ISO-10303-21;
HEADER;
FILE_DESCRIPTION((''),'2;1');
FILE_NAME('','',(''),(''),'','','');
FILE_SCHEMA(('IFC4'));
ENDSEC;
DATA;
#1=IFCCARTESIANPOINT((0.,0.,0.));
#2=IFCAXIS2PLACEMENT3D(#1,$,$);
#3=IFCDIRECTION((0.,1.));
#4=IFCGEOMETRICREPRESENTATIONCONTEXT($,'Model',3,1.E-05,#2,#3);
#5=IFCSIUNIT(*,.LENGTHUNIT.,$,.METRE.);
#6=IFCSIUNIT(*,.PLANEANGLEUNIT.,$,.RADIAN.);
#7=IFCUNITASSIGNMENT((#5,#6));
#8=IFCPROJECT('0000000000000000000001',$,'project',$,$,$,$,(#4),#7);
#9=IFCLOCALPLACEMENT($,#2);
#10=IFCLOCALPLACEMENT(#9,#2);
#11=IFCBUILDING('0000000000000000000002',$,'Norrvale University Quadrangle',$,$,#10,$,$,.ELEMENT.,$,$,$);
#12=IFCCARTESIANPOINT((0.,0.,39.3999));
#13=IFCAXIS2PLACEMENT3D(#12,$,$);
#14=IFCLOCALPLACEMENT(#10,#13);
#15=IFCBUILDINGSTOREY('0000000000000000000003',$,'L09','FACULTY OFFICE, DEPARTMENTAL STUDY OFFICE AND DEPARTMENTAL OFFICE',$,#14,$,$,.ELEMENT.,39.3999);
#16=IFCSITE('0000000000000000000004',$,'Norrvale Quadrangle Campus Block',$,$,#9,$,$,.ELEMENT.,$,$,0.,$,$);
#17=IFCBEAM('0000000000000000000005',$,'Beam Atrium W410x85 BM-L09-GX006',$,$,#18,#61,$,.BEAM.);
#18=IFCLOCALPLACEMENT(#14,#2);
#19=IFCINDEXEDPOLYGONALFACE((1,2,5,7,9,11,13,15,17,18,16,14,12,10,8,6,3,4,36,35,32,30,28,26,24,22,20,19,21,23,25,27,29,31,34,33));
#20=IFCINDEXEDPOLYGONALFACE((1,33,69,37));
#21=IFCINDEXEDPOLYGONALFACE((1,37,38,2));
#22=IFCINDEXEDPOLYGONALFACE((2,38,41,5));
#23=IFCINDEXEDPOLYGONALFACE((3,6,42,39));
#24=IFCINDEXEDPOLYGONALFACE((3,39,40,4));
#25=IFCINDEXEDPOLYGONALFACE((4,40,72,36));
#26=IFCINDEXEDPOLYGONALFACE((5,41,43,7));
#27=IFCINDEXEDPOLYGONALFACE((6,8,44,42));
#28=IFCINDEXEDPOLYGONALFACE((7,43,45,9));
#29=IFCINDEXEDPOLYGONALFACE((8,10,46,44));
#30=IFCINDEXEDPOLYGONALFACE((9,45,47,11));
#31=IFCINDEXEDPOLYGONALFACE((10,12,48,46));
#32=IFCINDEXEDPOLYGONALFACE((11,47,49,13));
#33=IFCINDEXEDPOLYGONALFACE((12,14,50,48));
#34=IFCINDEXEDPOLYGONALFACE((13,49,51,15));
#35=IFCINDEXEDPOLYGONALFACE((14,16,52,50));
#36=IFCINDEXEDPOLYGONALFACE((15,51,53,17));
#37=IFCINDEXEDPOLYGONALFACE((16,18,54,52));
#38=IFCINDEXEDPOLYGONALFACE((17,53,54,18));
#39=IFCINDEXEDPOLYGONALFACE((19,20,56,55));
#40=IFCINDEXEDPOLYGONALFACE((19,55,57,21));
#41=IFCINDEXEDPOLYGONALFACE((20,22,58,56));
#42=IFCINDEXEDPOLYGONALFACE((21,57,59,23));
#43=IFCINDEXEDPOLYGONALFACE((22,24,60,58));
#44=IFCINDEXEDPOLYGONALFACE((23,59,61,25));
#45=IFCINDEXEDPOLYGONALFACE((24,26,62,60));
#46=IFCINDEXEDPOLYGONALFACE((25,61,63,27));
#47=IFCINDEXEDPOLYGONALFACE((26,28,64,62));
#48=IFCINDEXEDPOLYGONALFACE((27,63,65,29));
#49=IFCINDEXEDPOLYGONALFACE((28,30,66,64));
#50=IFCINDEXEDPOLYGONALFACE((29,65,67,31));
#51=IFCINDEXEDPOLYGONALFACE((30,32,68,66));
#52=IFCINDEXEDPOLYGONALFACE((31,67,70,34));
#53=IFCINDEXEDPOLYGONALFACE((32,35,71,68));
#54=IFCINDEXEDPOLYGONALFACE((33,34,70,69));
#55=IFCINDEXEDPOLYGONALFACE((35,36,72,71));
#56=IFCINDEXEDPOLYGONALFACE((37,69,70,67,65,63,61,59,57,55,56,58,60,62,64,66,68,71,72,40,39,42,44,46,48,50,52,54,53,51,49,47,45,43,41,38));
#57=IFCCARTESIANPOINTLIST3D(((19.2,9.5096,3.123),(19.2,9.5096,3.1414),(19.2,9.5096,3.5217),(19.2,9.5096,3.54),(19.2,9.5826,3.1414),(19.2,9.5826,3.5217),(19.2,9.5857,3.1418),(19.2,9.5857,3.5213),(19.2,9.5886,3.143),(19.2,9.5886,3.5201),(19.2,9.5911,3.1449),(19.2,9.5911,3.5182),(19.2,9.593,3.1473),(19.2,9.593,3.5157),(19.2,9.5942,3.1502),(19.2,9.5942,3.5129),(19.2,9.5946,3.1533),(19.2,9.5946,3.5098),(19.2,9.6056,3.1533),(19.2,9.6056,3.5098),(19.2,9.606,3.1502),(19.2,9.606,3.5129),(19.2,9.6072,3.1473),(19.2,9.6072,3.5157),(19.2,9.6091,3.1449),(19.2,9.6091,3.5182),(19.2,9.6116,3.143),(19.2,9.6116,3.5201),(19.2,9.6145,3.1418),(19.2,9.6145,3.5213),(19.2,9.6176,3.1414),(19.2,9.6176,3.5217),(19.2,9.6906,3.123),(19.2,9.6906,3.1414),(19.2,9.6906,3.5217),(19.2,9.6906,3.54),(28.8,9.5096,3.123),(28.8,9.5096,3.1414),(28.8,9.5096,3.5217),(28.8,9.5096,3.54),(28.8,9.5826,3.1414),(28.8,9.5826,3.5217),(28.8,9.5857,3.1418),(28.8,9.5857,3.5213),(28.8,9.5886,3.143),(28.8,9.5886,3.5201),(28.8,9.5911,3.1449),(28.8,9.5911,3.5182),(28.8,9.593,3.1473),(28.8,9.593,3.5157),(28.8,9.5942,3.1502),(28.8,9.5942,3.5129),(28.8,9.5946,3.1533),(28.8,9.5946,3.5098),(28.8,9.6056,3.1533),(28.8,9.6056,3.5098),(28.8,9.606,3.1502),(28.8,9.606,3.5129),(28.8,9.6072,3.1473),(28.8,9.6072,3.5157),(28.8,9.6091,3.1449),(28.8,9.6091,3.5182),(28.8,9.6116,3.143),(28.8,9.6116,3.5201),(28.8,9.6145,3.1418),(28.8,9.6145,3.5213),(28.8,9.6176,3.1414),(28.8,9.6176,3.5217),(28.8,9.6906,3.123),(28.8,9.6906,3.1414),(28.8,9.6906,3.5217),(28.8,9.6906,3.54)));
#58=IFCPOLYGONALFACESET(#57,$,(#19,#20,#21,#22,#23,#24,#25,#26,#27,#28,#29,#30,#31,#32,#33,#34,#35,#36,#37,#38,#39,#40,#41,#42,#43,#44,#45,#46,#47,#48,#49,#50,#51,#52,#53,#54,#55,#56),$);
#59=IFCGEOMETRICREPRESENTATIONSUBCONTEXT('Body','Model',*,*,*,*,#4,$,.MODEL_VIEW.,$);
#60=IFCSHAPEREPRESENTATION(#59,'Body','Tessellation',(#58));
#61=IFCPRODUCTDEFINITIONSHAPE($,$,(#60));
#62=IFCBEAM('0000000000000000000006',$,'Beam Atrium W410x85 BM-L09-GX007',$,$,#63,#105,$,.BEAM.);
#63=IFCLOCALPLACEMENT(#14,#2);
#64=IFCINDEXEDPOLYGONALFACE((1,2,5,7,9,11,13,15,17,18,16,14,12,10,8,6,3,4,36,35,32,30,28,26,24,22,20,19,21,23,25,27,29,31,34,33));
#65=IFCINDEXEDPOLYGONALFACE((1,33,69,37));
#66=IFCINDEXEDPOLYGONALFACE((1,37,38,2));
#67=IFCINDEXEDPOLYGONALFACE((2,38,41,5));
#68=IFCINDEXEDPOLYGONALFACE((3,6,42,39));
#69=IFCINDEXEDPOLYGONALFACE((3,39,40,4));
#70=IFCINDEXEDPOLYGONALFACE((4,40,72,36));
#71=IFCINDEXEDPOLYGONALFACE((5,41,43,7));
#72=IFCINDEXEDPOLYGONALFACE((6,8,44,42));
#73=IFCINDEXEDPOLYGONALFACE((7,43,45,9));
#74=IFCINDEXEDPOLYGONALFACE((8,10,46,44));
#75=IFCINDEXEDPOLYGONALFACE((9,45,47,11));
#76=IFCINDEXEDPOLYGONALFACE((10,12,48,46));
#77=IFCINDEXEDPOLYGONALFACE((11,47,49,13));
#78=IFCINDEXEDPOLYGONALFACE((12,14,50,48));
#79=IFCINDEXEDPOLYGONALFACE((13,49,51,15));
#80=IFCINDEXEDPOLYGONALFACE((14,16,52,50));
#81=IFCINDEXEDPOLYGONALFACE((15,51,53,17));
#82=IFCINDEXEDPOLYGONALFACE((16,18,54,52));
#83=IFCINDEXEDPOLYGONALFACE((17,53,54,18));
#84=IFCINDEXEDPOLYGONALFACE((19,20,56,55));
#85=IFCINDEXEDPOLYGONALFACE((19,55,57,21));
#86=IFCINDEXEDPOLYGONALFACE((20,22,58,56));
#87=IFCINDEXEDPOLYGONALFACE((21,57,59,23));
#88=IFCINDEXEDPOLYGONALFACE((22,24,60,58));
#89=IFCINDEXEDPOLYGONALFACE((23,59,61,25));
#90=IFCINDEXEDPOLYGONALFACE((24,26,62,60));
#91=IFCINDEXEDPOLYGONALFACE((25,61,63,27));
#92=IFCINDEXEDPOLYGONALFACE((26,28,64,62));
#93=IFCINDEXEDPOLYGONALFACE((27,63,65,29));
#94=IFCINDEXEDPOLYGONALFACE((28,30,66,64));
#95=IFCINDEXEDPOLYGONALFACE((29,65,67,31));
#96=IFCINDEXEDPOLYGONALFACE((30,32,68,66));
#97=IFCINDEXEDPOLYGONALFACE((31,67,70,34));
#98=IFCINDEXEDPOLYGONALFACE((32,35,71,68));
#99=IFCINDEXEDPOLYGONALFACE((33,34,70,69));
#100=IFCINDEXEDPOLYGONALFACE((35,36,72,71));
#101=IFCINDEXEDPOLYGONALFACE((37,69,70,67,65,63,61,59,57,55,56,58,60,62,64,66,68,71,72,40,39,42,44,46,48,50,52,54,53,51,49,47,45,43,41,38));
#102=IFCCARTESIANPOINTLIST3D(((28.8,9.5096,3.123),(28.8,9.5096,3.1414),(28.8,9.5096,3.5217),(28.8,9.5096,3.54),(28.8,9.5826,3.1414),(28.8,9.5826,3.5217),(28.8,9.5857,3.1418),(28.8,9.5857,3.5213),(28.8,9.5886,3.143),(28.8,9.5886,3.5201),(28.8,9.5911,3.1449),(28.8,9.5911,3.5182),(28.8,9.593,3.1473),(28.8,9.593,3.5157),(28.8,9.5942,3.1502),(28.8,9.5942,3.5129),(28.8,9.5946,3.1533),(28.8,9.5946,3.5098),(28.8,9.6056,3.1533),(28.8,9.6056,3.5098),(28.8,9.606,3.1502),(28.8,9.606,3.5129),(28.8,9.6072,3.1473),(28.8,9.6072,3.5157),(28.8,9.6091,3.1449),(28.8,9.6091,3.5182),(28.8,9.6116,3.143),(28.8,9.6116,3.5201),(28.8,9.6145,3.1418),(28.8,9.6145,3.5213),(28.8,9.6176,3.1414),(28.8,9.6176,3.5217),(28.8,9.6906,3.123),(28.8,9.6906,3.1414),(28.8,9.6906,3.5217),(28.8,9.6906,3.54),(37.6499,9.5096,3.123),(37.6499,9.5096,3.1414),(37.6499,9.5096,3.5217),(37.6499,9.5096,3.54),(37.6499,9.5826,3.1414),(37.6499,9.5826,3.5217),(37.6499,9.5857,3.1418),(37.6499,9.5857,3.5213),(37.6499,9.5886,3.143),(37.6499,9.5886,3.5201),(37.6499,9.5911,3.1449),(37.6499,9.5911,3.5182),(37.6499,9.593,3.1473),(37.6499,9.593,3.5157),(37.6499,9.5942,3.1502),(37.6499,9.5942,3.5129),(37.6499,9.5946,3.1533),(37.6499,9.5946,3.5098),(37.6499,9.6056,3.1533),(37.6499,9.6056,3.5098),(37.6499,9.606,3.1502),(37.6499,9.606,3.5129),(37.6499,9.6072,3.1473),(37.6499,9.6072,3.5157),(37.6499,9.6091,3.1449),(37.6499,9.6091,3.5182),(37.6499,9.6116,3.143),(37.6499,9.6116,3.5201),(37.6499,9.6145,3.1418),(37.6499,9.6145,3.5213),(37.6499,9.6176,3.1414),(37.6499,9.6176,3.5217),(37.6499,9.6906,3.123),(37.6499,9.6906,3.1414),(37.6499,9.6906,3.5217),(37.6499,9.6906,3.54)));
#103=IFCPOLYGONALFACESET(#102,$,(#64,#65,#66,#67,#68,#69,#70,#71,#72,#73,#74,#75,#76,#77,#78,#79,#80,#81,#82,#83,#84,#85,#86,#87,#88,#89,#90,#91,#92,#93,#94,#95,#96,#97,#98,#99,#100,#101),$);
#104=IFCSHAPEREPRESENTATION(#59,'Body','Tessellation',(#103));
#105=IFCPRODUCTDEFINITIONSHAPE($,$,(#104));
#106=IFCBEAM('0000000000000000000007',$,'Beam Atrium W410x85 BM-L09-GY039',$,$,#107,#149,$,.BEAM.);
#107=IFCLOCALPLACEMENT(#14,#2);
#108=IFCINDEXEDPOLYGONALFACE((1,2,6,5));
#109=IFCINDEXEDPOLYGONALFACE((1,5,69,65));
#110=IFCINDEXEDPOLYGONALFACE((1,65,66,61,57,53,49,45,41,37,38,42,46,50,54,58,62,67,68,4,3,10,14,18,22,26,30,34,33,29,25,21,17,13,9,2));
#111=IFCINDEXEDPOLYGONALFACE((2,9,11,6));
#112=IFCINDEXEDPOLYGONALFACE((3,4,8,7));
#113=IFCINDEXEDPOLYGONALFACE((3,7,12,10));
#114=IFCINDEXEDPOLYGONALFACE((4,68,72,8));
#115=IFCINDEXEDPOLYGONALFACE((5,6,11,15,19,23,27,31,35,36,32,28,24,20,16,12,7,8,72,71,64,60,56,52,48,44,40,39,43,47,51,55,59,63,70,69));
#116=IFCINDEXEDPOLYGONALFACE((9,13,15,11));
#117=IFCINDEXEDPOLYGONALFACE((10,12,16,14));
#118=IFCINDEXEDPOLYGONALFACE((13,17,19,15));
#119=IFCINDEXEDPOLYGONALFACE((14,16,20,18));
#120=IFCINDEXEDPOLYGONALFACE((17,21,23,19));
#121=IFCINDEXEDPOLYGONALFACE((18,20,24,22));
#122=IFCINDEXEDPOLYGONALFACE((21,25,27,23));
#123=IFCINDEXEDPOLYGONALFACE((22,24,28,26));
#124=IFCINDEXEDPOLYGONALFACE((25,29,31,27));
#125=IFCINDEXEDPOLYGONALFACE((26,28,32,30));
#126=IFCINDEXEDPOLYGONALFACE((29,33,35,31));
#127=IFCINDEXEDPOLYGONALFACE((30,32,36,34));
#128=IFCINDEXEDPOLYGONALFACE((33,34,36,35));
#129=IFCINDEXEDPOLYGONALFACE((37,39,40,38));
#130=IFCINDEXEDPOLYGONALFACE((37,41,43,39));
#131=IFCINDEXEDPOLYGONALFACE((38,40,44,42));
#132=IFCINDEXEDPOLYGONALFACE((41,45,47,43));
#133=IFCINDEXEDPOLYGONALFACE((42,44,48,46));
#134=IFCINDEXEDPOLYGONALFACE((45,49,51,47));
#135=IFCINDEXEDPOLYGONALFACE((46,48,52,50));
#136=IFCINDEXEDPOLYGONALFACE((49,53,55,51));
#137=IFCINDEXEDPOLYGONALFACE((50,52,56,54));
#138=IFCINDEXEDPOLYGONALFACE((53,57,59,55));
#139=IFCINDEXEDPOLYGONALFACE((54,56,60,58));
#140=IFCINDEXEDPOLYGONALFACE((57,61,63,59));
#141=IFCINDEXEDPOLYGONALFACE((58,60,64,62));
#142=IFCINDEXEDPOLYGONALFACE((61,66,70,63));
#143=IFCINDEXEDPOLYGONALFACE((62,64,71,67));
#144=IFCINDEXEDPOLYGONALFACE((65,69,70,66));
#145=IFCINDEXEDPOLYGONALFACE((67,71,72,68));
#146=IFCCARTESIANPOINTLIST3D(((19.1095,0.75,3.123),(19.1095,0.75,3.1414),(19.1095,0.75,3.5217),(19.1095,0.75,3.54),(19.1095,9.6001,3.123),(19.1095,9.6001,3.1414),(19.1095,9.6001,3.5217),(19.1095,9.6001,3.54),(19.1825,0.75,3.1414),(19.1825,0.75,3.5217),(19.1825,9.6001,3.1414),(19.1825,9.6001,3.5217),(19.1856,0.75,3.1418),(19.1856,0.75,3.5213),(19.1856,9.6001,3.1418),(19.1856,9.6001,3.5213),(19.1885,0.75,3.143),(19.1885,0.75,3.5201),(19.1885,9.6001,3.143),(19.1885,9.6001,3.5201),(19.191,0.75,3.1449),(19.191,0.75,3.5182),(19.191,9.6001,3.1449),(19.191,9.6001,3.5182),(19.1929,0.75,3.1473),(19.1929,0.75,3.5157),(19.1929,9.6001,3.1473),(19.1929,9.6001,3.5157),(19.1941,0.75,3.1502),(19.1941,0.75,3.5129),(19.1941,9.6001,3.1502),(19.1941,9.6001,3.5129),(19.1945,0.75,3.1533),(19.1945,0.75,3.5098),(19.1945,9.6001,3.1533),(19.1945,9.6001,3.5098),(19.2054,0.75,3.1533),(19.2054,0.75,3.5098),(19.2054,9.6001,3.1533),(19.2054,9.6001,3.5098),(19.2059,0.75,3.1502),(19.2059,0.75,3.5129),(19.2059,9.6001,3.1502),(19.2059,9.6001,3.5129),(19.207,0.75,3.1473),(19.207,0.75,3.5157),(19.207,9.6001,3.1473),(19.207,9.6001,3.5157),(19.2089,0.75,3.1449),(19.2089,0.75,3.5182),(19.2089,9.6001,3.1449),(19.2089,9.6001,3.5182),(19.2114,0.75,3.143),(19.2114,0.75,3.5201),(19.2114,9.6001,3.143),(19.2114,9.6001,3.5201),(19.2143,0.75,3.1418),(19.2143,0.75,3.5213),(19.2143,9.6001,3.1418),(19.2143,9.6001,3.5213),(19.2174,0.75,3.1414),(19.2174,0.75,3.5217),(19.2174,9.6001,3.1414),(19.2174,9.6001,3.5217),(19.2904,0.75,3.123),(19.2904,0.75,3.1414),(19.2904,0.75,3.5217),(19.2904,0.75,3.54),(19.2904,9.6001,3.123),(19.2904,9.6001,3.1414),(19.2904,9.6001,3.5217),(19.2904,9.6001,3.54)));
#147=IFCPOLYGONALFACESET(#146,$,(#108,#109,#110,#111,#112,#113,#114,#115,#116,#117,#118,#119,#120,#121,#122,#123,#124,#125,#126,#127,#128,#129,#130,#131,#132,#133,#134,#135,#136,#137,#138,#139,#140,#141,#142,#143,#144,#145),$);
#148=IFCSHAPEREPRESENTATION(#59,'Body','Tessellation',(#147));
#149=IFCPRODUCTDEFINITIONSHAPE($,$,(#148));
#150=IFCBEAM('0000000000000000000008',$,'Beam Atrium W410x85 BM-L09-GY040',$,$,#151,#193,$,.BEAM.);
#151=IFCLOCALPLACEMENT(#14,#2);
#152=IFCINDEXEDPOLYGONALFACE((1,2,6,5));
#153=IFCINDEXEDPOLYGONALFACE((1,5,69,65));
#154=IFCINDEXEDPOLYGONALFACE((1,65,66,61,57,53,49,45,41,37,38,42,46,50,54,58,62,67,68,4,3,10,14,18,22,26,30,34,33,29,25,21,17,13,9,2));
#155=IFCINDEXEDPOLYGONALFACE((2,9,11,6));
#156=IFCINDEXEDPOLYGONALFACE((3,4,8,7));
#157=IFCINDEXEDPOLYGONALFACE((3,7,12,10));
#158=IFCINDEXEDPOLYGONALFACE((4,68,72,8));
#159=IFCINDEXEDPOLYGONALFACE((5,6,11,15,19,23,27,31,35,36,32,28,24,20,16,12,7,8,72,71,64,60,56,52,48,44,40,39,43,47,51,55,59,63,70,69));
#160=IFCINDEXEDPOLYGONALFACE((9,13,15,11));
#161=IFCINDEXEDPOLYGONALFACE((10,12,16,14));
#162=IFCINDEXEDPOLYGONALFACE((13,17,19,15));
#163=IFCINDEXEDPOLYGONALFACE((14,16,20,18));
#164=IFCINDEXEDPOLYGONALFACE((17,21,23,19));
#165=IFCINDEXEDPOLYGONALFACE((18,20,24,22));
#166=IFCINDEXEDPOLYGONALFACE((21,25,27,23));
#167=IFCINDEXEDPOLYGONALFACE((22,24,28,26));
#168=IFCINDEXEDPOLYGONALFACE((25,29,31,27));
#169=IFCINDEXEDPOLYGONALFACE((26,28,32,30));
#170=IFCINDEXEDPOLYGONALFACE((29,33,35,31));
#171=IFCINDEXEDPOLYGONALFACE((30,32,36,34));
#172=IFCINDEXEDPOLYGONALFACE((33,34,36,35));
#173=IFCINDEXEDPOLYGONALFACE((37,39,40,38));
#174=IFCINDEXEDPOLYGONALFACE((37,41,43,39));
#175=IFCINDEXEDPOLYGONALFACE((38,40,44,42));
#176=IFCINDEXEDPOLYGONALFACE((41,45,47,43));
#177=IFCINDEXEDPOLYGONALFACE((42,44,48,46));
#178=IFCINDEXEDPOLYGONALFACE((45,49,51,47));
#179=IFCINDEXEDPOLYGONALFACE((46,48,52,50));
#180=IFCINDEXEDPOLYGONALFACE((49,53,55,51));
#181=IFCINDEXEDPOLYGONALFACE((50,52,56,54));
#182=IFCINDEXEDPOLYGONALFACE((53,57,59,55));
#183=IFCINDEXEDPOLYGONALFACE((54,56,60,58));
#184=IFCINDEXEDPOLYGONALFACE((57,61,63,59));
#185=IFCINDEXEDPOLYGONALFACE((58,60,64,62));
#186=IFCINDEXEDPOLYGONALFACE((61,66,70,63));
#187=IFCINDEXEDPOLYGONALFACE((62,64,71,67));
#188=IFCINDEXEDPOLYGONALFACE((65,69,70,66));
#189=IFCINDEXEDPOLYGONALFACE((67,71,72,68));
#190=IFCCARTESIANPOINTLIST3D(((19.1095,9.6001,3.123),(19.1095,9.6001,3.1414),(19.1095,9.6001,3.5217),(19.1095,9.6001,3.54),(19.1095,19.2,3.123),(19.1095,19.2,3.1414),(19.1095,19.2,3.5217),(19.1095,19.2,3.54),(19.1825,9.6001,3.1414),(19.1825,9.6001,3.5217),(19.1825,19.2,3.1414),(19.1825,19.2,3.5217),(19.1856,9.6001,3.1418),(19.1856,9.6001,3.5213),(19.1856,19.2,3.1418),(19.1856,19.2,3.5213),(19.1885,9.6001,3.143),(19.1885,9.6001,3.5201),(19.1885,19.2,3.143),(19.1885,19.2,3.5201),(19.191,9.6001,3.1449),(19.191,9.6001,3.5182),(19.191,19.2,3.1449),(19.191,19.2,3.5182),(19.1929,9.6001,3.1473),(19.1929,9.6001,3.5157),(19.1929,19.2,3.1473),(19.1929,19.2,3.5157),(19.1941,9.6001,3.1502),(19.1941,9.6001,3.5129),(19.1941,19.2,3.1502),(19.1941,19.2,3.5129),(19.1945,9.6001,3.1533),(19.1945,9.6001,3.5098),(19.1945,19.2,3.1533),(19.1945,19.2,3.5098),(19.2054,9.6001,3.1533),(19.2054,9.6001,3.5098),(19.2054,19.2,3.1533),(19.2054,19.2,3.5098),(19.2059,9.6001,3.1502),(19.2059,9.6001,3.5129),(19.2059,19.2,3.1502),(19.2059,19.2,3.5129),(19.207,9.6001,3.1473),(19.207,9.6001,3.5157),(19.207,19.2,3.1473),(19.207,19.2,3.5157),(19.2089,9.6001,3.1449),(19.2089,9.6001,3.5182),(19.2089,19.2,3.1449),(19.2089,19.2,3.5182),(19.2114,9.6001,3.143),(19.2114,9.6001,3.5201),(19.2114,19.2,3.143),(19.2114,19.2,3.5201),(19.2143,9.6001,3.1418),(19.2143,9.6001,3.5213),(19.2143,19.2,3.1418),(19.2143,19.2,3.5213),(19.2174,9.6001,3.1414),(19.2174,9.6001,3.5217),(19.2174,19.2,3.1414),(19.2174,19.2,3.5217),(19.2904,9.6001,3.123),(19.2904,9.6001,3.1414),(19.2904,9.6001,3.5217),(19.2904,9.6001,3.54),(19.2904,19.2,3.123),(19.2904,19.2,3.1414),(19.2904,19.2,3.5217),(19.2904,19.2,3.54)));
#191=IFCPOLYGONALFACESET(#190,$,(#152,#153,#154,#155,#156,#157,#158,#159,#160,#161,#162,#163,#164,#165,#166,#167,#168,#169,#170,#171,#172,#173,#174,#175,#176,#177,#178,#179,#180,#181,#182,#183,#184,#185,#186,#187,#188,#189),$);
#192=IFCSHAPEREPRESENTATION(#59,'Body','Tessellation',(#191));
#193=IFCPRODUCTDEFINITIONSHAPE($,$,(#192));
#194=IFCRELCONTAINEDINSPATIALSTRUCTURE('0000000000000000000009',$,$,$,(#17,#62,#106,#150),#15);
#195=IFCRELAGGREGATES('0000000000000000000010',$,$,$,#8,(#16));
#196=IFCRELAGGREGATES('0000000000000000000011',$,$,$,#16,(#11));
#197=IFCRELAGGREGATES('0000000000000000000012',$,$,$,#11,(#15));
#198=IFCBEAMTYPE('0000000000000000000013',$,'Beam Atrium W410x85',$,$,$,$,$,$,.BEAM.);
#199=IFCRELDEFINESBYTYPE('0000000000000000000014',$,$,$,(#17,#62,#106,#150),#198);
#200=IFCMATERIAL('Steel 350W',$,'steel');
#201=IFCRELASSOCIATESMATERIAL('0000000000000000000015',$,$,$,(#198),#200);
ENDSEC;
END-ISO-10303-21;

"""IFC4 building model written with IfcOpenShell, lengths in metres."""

from ifc_helpers import new_model, si_unit, direction, frame, origin, origin_2d, place, context, subcontext, project, spatial, i_section, extrude, material, material_profile, profile_set, type_object, element, save


model = new_model("IFC4")

# Units and contexts
model_context = context("Model", 3, precision=1e-05, world=origin(), true_north=direction((0.0, 1.0)))
body_context = subcontext(model_context, "Body", "Model", "MODEL_VIEW")
ifc_project = project(units=[si_unit("LENGTHUNIT", "METRE"), si_unit("PLANEANGLEUNIT", "RADIAN")], contexts=[model_context])

# Site, building, storey
site_placement = place(None, origin())
site = spatial("IfcSite", under=ifc_project, at=site_placement, Name="Norrvale Quadrangle Campus Block", CompositionType="ELEMENT", RefElevation=0.0)
building_placement = place(site_placement, origin())
building = spatial("IfcBuilding", under=site, at=building_placement, Name="Norrvale University Quadrangle", CompositionType="ELEMENT")
storey_placement = place(building_placement, frame((0.0, 0.0, 39.3999)))
storey = spatial("IfcBuildingStorey", under=building, at=storey_placement, Name="L09", Description="FACULTY OFFICE, DEPARTMENTAL STUDY OFFICE AND DEPARTMENTAL OFFICE", CompositionType="ELEMENT", Elevation=39.3999)

# Beams
ifc_material_1 = material(Name="Steel 350W", Category="steel")
ifc_material_profile_1 = material_profile(ifc_material_1, i_section(OverallWidth=0.1809, OverallDepth=0.417, WebThickness=0.011, FlangeThickness=0.0183, FilletRadius=0.012, at=origin_2d()), Name="Steel 350W")
ifc_profile_set_1 = profile_set([ifc_material_profile_1], Name="Steel 350W")
beam_type_1 = type_object("IfcBeamType", Name="Beam Atrium W410x85", PredefinedType="BEAM", material=ifc_profile_set_1)
beam_1_placement = place(storey_placement, frame((19.2, 9.6001, 3.3315), z_axis=(1.0, 0.0, 0.0), x_axis=(0.0, 1.0, 0.0)))
element("IfcBeam", 1, at=beam_1_placement, inside=storey, type_object=beam_type_1, Name="Beam Atrium W410x85 BM-L09-GX006", PredefinedType="BEAM", context=body_context, shape_type="SweptSolid", body=[
    extrude(i_section(OverallWidth=0.1809, OverallDepth=0.417, WebThickness=0.011, FlangeThickness=0.0183, FilletRadius=0.012, at=origin_2d()), origin(), (0.0, 0.0, 1.0), 9.6001),
])
beam_2_placement = place(storey_placement, frame((28.8, 9.6001, 3.3315), z_axis=(1.0, 0.0, 0.0), x_axis=(0.0, 1.0, 0.0)))
element("IfcBeam", 2, at=beam_2_placement, inside=storey, type_object=beam_type_1, Name="Beam Atrium W410x85 BM-L09-GX007", PredefinedType="BEAM", context=body_context, shape_type="SweptSolid", body=[
    extrude(i_section(OverallWidth=0.1809, OverallDepth=0.417, WebThickness=0.011, FlangeThickness=0.0183, FilletRadius=0.012, at=origin_2d()), origin(), (0.0, 0.0, 1.0), 8.8499),
])
beam_3_placement = place(storey_placement, frame((19.2, 0.75, 3.3315), z_axis=(0.0, 1.0, 0.0), x_axis=(-1.0, 0.0, 0.0)))
element("IfcBeam", 3, at=beam_3_placement, inside=storey, type_object=beam_type_1, Name="Beam Atrium W410x85 BM-L09-GY039", PredefinedType="BEAM", context=body_context, shape_type="SweptSolid", body=[
    extrude(i_section(OverallWidth=0.1809, OverallDepth=0.417, WebThickness=0.011, FlangeThickness=0.0183, FilletRadius=0.012, at=origin_2d()), origin(), (0.0, 0.0, 1.0), 8.8501),
])
beam_4_placement = place(storey_placement, frame((19.2, 9.6001, 3.3315), z_axis=(0.0, 1.0, 0.0), x_axis=(-1.0, 0.0, 0.0)))
element("IfcBeam", 4, at=beam_4_placement, inside=storey, type_object=beam_type_1, Name="Beam Atrium W410x85 BM-L09-GY040", PredefinedType="BEAM", context=body_context, shape_type="SweptSolid", body=[
    extrude(i_section(OverallWidth=0.1809, OverallDepth=0.417, WebThickness=0.011, FlangeThickness=0.0183, FilletRadius=0.012, at=origin_2d()), origin(), (0.0, 0.0, 1.0), 9.5999),
])

save(model, "model.ifc")
